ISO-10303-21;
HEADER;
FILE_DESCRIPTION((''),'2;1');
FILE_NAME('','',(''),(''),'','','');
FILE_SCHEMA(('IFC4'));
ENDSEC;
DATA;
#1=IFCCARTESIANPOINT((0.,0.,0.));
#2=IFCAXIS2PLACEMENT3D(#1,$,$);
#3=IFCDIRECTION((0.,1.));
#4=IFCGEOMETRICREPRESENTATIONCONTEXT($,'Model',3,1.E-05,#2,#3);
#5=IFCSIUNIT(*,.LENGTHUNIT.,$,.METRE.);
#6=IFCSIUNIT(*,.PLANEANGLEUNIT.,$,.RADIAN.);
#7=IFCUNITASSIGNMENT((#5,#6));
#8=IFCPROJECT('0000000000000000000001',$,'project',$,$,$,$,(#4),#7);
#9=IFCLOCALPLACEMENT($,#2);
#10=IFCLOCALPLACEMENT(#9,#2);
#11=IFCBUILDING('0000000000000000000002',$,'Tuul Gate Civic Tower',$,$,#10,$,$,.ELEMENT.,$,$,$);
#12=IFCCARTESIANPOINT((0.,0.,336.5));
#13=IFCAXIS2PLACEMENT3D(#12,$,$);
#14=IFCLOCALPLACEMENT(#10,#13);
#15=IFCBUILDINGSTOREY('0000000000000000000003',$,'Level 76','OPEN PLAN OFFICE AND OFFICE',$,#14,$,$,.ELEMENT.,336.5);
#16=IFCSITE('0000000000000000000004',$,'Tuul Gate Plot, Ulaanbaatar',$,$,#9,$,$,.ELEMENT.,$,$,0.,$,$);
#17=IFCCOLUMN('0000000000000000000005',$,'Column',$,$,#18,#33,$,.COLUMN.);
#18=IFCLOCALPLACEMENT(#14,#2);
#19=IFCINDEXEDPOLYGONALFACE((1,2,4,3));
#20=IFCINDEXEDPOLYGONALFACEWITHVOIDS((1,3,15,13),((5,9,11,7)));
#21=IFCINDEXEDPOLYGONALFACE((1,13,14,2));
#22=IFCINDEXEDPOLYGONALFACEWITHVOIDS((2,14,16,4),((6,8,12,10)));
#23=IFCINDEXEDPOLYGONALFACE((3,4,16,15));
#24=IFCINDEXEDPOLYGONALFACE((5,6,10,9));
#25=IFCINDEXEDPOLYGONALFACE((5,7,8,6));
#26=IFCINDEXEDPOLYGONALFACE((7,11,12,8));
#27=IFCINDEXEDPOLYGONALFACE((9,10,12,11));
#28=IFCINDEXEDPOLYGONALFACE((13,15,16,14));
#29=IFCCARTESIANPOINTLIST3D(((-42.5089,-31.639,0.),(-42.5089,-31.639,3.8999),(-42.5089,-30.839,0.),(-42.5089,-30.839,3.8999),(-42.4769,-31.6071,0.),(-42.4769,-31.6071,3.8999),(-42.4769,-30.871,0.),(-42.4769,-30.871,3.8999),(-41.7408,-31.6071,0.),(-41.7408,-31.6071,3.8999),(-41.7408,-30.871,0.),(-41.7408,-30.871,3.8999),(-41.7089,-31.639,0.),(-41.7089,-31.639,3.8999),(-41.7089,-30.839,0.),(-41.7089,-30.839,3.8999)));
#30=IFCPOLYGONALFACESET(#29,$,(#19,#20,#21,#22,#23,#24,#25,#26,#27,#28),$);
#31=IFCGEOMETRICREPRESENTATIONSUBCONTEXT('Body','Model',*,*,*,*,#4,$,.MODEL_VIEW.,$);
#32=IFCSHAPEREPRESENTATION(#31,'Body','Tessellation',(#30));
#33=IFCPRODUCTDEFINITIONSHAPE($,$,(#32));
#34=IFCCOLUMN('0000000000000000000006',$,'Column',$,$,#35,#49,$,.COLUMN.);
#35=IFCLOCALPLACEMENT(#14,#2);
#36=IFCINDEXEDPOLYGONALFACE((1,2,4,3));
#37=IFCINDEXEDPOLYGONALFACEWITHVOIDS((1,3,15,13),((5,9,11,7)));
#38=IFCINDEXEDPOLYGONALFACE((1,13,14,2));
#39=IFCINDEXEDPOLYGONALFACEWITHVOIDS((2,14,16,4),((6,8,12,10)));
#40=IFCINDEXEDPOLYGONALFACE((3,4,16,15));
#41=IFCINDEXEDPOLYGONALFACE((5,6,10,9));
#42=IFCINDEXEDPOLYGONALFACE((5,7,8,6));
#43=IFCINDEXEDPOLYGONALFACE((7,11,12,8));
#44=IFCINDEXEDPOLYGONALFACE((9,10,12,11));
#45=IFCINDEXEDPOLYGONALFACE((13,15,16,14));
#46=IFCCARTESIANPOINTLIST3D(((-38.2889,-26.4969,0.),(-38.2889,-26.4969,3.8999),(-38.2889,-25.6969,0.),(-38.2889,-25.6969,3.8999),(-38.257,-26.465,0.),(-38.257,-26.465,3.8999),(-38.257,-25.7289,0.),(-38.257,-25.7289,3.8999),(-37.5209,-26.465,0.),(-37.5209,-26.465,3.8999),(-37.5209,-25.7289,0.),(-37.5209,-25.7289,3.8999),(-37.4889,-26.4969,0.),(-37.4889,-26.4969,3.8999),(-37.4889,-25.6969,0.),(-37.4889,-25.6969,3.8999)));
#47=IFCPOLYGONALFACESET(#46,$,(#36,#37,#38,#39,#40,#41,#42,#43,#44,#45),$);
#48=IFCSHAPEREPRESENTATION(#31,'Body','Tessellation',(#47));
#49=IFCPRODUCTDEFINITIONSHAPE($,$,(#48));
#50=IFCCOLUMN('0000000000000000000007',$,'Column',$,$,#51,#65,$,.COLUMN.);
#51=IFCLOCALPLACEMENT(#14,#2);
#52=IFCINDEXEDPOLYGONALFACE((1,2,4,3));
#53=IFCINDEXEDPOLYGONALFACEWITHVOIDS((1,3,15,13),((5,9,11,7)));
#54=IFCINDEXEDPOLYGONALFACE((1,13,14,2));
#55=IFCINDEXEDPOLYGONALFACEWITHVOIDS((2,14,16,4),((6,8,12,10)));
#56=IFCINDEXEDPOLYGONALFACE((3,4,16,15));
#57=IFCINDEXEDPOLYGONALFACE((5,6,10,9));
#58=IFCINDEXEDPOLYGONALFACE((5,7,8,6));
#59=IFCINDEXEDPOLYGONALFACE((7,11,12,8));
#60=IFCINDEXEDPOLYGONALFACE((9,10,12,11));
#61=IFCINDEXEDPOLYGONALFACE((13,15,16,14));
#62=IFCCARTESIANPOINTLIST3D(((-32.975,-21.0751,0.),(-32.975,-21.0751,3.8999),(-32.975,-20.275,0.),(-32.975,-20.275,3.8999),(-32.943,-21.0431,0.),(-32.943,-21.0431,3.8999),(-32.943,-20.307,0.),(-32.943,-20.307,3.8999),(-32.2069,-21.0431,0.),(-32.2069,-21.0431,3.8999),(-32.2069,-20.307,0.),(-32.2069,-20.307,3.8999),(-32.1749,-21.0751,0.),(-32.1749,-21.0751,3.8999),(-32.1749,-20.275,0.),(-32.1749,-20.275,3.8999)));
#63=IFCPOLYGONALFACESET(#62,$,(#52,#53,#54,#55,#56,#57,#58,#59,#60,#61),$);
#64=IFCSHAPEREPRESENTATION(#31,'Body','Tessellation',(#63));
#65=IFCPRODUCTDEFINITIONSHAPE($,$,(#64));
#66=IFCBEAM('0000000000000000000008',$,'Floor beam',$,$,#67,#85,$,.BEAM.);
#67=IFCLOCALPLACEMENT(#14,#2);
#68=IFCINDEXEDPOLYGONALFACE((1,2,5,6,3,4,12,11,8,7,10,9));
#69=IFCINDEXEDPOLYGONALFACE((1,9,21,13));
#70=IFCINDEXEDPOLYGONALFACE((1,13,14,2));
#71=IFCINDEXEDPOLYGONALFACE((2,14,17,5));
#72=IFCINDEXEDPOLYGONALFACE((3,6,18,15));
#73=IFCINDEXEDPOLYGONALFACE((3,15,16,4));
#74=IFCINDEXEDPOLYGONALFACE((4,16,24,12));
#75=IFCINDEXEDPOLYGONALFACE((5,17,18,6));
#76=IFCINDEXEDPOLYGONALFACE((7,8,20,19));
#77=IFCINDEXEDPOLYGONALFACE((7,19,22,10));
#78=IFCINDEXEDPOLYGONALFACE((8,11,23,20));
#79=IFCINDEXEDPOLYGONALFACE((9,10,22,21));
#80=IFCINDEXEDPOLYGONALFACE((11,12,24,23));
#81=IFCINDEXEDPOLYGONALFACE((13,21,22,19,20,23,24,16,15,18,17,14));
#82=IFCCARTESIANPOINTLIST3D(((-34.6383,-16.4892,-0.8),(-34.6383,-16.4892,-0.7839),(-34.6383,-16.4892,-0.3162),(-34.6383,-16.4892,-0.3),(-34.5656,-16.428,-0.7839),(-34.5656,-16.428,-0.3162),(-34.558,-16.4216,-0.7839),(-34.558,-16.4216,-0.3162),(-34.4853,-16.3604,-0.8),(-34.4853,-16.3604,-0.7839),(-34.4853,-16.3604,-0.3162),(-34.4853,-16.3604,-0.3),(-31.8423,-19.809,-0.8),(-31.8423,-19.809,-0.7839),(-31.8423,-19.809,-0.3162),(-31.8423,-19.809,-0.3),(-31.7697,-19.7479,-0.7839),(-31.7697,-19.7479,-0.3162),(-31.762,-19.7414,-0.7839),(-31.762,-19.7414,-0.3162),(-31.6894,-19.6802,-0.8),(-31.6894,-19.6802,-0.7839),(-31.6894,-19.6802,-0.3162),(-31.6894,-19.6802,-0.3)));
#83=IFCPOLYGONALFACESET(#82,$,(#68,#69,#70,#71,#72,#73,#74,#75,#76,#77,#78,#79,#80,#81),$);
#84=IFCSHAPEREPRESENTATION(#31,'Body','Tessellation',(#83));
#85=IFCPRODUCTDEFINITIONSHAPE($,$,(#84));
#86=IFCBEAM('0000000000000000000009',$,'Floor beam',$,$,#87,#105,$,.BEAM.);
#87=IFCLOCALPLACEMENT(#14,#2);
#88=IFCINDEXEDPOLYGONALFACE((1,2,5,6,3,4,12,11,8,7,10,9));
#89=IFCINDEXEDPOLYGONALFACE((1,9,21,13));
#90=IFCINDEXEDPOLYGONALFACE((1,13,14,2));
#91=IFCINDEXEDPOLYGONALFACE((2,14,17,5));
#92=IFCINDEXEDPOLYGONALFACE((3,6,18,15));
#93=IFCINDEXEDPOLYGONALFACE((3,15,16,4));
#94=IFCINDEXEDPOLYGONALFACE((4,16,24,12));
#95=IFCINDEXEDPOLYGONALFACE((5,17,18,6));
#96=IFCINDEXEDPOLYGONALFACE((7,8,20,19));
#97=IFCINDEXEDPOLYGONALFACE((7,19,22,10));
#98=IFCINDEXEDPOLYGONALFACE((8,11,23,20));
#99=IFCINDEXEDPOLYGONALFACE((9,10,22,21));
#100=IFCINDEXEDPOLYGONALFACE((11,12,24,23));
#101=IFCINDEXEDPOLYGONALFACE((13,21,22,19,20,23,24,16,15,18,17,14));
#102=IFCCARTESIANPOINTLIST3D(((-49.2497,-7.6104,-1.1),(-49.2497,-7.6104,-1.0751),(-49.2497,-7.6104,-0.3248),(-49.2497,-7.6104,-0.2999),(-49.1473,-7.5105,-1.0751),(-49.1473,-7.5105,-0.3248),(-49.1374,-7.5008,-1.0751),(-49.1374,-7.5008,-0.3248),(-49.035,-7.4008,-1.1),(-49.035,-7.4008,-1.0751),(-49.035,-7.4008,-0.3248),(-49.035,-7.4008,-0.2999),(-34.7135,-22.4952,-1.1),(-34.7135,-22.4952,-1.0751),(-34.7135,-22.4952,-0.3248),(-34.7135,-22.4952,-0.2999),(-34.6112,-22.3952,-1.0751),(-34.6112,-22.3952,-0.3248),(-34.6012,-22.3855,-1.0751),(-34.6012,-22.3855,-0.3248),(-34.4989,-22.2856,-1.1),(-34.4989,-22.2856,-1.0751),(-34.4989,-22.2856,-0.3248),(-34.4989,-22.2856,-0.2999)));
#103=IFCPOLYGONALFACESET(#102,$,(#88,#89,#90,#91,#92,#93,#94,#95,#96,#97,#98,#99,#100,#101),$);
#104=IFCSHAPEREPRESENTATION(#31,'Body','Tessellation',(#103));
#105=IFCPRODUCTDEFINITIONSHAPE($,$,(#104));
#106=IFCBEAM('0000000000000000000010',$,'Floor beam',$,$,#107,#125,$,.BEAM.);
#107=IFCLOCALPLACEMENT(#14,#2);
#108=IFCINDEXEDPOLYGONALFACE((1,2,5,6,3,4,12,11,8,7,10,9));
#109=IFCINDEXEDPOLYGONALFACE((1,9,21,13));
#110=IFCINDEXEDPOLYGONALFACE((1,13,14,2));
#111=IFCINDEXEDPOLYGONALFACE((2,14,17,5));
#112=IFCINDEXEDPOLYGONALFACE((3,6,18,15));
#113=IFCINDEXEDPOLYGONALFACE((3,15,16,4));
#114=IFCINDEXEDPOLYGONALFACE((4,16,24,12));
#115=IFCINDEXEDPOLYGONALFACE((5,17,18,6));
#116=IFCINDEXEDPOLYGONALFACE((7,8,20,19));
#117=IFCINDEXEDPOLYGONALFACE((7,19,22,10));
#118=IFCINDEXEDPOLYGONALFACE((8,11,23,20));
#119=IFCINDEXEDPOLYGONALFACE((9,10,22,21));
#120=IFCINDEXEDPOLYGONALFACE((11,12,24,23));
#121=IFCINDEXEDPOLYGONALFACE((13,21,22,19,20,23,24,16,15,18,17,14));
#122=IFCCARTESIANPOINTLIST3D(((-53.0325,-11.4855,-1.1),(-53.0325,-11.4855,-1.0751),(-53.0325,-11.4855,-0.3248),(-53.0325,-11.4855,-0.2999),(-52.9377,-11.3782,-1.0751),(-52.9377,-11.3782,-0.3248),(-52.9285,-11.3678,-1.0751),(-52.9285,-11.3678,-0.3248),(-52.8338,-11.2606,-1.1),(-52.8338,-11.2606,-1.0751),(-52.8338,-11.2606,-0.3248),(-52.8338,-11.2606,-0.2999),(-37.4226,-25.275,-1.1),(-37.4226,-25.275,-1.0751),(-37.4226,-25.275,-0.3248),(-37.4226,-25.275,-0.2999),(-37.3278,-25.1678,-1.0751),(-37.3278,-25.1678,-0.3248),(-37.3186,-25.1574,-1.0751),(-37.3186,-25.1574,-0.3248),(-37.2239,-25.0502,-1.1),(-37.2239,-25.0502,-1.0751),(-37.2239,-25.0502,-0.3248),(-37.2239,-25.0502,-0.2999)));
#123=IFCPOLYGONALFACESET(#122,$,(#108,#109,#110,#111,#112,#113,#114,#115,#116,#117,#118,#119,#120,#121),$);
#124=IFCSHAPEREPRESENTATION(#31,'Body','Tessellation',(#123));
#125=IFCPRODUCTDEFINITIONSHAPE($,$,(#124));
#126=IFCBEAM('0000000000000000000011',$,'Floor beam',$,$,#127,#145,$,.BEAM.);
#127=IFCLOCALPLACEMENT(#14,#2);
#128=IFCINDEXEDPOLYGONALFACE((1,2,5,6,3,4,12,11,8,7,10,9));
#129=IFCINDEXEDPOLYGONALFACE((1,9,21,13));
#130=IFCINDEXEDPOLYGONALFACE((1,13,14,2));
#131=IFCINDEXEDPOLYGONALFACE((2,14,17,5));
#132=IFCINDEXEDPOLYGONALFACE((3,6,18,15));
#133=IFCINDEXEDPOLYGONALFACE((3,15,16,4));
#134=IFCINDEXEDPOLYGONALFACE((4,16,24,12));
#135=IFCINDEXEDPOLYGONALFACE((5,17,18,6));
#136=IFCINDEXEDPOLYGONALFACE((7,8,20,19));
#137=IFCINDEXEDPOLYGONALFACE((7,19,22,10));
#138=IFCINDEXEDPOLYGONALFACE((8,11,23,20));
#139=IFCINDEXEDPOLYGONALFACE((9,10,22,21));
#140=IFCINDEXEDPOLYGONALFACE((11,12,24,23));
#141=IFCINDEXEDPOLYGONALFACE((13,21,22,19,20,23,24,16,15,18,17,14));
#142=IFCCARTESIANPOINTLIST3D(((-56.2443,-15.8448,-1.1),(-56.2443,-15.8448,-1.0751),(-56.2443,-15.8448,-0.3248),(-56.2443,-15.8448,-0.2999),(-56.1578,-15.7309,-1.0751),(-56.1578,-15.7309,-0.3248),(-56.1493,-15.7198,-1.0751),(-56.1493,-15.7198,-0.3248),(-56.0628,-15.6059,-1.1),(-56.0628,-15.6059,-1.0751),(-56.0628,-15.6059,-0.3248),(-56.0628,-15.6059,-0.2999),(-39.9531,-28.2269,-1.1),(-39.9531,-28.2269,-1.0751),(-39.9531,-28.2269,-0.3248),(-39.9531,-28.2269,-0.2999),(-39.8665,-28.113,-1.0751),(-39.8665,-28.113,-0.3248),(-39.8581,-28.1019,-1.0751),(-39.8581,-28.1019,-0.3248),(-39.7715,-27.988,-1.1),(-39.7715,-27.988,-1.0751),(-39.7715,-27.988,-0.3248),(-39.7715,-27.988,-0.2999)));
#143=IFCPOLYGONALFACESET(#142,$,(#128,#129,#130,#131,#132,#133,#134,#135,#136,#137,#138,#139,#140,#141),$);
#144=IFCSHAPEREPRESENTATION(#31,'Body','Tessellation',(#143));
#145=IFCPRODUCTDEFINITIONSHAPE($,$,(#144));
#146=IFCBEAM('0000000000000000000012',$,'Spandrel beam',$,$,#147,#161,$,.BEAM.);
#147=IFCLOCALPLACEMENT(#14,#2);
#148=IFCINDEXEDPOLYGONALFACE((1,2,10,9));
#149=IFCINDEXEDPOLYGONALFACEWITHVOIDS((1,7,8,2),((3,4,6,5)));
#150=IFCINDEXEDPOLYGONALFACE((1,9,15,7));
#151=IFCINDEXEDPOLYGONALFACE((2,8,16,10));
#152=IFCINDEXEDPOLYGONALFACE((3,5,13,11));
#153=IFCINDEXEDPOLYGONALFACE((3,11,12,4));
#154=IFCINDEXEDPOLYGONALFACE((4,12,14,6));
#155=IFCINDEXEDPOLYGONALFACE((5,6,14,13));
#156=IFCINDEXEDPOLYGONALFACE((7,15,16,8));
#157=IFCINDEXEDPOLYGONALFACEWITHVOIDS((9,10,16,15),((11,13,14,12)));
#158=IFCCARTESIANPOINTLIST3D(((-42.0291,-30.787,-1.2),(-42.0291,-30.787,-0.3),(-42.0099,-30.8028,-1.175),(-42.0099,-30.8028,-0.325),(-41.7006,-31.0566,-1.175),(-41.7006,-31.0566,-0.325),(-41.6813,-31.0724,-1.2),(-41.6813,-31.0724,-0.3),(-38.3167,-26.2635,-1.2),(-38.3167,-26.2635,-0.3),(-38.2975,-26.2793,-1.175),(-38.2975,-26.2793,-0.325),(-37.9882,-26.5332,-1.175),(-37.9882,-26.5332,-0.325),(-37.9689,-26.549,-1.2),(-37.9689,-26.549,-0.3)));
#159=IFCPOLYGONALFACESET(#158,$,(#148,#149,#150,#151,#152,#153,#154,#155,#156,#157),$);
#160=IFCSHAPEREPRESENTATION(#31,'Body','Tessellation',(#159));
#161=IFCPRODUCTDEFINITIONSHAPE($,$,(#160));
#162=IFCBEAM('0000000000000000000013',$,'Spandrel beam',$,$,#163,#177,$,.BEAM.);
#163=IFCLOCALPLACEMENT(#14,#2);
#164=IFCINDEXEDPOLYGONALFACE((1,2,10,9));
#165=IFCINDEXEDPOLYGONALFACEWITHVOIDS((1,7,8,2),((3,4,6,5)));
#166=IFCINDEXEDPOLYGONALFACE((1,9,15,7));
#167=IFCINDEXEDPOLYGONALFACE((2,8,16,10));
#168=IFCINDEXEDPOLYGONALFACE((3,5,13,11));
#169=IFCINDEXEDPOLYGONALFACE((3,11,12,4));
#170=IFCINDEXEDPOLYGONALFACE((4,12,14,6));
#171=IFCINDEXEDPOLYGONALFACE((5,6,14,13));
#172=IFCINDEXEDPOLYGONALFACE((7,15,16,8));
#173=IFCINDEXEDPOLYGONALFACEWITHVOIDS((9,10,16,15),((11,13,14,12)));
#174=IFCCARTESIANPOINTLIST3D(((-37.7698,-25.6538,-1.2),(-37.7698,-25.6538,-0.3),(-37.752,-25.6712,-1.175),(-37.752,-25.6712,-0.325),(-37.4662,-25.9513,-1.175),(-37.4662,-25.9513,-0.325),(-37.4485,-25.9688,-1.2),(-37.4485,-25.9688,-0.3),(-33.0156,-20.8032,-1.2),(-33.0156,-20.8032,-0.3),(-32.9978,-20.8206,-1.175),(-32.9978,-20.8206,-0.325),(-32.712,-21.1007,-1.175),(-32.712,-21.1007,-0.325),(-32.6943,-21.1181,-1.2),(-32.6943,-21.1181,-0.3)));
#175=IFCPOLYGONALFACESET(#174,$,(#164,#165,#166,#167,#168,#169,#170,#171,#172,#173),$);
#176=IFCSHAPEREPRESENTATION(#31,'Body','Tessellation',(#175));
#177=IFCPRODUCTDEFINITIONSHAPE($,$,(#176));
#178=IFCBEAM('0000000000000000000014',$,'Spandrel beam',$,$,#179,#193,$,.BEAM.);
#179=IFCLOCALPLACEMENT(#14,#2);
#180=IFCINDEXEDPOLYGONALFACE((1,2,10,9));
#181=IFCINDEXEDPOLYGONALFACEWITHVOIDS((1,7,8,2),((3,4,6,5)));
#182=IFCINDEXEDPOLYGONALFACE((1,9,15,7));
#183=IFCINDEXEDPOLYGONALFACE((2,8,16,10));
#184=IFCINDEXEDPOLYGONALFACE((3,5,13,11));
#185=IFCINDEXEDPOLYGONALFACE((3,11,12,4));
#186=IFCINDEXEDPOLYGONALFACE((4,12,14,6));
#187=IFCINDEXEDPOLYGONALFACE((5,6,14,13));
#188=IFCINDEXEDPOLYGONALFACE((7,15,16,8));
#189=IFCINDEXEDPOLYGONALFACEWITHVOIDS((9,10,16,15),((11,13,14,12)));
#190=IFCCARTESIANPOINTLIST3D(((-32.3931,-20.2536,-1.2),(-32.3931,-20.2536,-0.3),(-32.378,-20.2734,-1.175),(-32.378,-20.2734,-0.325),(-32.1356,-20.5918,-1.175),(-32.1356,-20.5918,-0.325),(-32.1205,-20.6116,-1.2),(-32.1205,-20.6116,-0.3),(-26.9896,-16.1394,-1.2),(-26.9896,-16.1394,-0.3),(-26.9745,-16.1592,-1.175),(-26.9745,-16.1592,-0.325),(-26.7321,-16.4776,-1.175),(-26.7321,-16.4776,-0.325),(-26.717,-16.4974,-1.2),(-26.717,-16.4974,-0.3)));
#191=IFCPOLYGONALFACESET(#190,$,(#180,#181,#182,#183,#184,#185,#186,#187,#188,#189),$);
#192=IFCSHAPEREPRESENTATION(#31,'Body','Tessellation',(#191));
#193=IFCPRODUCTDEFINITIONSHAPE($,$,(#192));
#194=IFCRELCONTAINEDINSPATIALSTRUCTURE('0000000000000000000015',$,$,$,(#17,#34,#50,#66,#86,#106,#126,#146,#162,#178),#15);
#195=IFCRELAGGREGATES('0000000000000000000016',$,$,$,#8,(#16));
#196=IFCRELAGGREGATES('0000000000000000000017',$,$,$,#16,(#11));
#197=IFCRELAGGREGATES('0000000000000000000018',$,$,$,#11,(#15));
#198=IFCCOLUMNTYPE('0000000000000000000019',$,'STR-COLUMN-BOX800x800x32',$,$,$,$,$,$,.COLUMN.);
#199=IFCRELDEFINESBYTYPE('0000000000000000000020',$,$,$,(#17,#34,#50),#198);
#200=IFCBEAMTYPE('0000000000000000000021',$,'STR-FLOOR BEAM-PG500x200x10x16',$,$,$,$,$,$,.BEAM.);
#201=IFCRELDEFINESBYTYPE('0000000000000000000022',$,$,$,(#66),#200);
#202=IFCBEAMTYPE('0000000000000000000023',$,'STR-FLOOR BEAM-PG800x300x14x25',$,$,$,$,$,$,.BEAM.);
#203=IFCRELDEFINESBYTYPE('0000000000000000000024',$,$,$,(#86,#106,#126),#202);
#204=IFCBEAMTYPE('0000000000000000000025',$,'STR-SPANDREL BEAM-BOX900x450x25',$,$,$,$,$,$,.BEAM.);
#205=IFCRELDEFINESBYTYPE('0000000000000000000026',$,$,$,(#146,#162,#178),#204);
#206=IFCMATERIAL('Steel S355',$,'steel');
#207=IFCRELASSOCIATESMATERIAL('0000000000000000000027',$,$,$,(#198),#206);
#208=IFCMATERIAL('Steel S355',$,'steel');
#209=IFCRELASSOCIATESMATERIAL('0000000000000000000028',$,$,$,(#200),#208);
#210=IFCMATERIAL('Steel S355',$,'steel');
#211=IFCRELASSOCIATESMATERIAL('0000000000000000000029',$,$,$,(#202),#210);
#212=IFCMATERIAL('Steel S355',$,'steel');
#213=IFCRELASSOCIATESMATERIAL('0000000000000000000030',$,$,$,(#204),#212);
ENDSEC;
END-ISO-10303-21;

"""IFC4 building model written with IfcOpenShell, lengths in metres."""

from ifc_helpers import new_model, si_unit, direction, frame, origin, origin_2d, place, context, subcontext, project, spatial, hollow_rectangle, i_section, extrude, material, material_profile, profile_set, type_object, element, save


model = new_model("IFC4")

# Units and contexts
model_context = context("Model", 3, precision=1e-05, world=origin(), true_north=direction((0.0, 1.0)))
body_context = subcontext(model_context, "Body", "Model", "MODEL_VIEW")
ifc_project = project(units=[si_unit("LENGTHUNIT", "METRE"), si_unit("PLANEANGLEUNIT", "RADIAN")], contexts=[model_context])

# Site, building, storey
site_placement = place(None, origin())
site = spatial("IfcSite", under=ifc_project, at=site_placement, Name="Tuul Gate Plot, Ulaanbaatar", CompositionType="ELEMENT", RefElevation=0.0)
building_placement = place(site_placement, origin())
building = spatial("IfcBuilding", under=site, at=building_placement, Name="Tuul Gate Civic Tower", CompositionType="ELEMENT")
storey_placement = place(building_placement, frame((0.0, 0.0, 336.5)))
storey = spatial("IfcBuildingStorey", under=building, at=storey_placement, Name="Level 76", Description="OPEN PLAN OFFICE AND OFFICE", CompositionType="ELEMENT", Elevation=336.5)

# Columns
ifc_material_1 = material(Name="Steel S355", Category="steel")
ifc_material_profile_1 = material_profile(ifc_material_1, hollow_rectangle(XDim=0.8, YDim=0.8, WallThickness=0.032, at=origin_2d()), Name="BOX800x800x32")
ifc_profile_set_1 = profile_set([ifc_material_profile_1], Name="Steel S355")
column_type = type_object("IfcColumnType", Name="STR-COLUMN-BOX800x800x32", PredefinedType="COLUMN", material=ifc_profile_set_1)
for number, where, z_axis, x_axis, name in (
    (1, (-42.1089, -31.239, 0.0), (0.0, 0.0, 1.0), (1.0, 0.0, 0.0), "Column"),
    (2, (-37.8889, -26.0969, 0.0), (0.0, 0.0, 1.0), (1.0, 0.0, 0.0), "Column"),
    (3, (-32.575, -20.675, 0.0), (0.0, 0.0, 1.0), (1.0, 0.0, 0.0), "Column"),
):
    element("IfcColumn", number, at=place(storey_placement, frame(where, z_axis=z_axis, x_axis=x_axis)), inside=storey, type_object=column_type, Name=name, PredefinedType="COLUMN", context=body_context, shape_type="SweptSolid", body=[
        extrude(hollow_rectangle(XDim=0.8, YDim=0.8, WallThickness=0.032, at=origin_2d()), origin(), (0.0, 0.0, 1.0), 3.8999),
    ])

# Beams
ifc_material_2 = material(Name="Steel S355", Category="steel")
ifc_material_profile_2 = material_profile(ifc_material_2, i_section(OverallWidth=0.2, OverallDepth=0.5, WebThickness=0.01, FlangeThickness=0.0161, at=origin_2d()), Name="PG500x200x10x16")
ifc_profile_set_2 = profile_set([ifc_material_profile_2], Name="Steel S355")
beam_type_1 = type_object("IfcBeamType", Name="STR-FLOOR BEAM-PG500x200x10x16", PredefinedType="BEAM", material=ifc_profile_set_2)
beam_1_placement = place(storey_placement, frame((-31.7659, -19.7446, -0.55), z_axis=(-0.64417, 0.764882, 0.0), x_axis=(-0.764882, -0.64417, 0.0)))
element("IfcBeam", 4, at=beam_1_placement, inside=storey, type_object=beam_type_1, Name="Floor beam", PredefinedType="BEAM", context=body_context, shape_type="SweptSolid", body=[
    extrude(i_section(OverallWidth=0.2, OverallDepth=0.5, WebThickness=0.01, FlangeThickness=0.0161, at=origin_2d()), origin(), (0.0, 0.0, 1.0), 4.3403),
])
ifc_material_3 = material(Name="Steel S355", Category="steel")
ifc_material_profile_3 = material_profile(ifc_material_3, i_section(OverallWidth=0.3, OverallDepth=0.8, WebThickness=0.0139, FlangeThickness=0.0249, at=origin_2d()), Name="PG800x300x14x25")
ifc_profile_set_3 = profile_set([ifc_material_profile_3], Name="Steel S355")
beam_type_2 = type_object("IfcBeamType", Name="STR-FLOOR BEAM-PG800x300x14x25", PredefinedType="BEAM", material=ifc_profile_set_3)
beam_2_placement = place(storey_placement, frame((-34.6062, -22.3904, -0.7), z_axis=(-0.698679, 0.715436, 0.0), x_axis=(-0.715436, -0.698679, 0.0)))
element("IfcBeam", 5, at=beam_2_placement, inside=storey, type_object=beam_type_2, Name="Floor beam", PredefinedType="BEAM", context=body_context, shape_type="SweptSolid", body=[
    extrude(i_section(OverallWidth=0.3, OverallDepth=0.8, WebThickness=0.0139, FlangeThickness=0.0249, at=origin_2d()), origin(), (0.0, 0.0, 1.0), 20.8052),
])
beam_3_placement = place(storey_placement, frame((-37.3232, -25.1626, -0.7), z_axis=(-0.749453, 0.662057, 0.0), x_axis=(-0.662057, -0.749453, 0.0)))
element("IfcBeam", 6, at=beam_3_placement, inside=storey, type_object=beam_type_2, Name="Floor beam", PredefinedType="BEAM", context=body_context, shape_type="SweptSolid", body=[
    extrude(i_section(OverallWidth=0.3, OverallDepth=0.8, WebThickness=0.0139, FlangeThickness=0.0249, at=origin_2d()), origin(), (0.0, 0.0, 1.0), 20.8284),
])
beam_4_placement = place(storey_placement, frame((-39.8623, -28.1074, -0.7), z_axis=(-0.796145, 0.605106, 0.0), x_axis=(-0.605106, -0.796145, 0.0)))
element("IfcBeam", 7, at=beam_4_placement, inside=storey, type_object=beam_type_2, Name="Floor beam", PredefinedType="BEAM", context=body_context, shape_type="SweptSolid", body=[
    extrude(i_section(OverallWidth=0.3, OverallDepth=0.8, WebThickness=0.0139, FlangeThickness=0.0249, at=origin_2d()), origin(), (0.0, 0.0, 1.0), 20.4626),
])
ifc_material_4 = material(Name="Steel S355", Category="steel")
ifc_material_profile_4 = material_profile(ifc_material_4, hollow_rectangle(XDim=0.45, YDim=0.8999, WallThickness=0.0249, at=origin_2d()), Name="BOX900x450x25")
ifc_profile_set_4 = profile_set([ifc_material_profile_4], Name="Steel S355")
beam_type_3 = type_object("IfcBeamType", Name="STR-SPANDREL BEAM-BOX900x450x25", PredefinedType="BEAM", material=ifc_profile_set_4)
beam_5_placement = place(storey_placement, frame((-41.8552, -30.9297, -0.75), z_axis=(0.634405, 0.773001, 0.0), x_axis=(-0.773001, 0.634405, 0.0)))
element("IfcBeam", 8, at=beam_5_placement, inside=storey, type_object=beam_type_3, Name="Spandrel beam", PredefinedType="BEAM", context=body_context, shape_type="SweptSolid", body=[
    extrude(hollow_rectangle(XDim=0.45, YDim=0.8999, WallThickness=0.0249, at=origin_2d()), origin(), (0.0, 0.0, 1.0), 5.8518),
])
beam_6_placement = place(storey_placement, frame((-37.6091, -25.8113, -0.75), z_axis=(0.699972, 0.71417, 0.0), x_axis=(-0.71417, 0.699972, 0.0)))
element("IfcBeam", 9, at=beam_6_placement, inside=storey, type_object=beam_type_3, Name="Spandrel beam", PredefinedType="BEAM", context=body_context, shape_type="SweptSolid", body=[
    extrude(hollow_rectangle(XDim=0.45, YDim=0.8999, WallThickness=0.0249, at=origin_2d()), origin(), (0.0, 0.0, 1.0), 6.792),
])
beam_7_placement = place(storey_placement, frame((-32.2568, -20.4326, -0.75), z_axis=(0.795626, 0.605788, 0.0), x_axis=(-0.605788, 0.795626, 0.0)))
element("IfcBeam", 10, at=beam_7_placement, inside=storey, type_object=beam_type_3, Name="Spandrel beam", PredefinedType="BEAM", context=body_context, shape_type="SweptSolid", body=[
    extrude(hollow_rectangle(XDim=0.45, YDim=0.8999, WallThickness=0.0249, at=origin_2d()), origin(), (0.0, 0.0, 1.0), 6.7915),
])

save(model, "model.ifc")
